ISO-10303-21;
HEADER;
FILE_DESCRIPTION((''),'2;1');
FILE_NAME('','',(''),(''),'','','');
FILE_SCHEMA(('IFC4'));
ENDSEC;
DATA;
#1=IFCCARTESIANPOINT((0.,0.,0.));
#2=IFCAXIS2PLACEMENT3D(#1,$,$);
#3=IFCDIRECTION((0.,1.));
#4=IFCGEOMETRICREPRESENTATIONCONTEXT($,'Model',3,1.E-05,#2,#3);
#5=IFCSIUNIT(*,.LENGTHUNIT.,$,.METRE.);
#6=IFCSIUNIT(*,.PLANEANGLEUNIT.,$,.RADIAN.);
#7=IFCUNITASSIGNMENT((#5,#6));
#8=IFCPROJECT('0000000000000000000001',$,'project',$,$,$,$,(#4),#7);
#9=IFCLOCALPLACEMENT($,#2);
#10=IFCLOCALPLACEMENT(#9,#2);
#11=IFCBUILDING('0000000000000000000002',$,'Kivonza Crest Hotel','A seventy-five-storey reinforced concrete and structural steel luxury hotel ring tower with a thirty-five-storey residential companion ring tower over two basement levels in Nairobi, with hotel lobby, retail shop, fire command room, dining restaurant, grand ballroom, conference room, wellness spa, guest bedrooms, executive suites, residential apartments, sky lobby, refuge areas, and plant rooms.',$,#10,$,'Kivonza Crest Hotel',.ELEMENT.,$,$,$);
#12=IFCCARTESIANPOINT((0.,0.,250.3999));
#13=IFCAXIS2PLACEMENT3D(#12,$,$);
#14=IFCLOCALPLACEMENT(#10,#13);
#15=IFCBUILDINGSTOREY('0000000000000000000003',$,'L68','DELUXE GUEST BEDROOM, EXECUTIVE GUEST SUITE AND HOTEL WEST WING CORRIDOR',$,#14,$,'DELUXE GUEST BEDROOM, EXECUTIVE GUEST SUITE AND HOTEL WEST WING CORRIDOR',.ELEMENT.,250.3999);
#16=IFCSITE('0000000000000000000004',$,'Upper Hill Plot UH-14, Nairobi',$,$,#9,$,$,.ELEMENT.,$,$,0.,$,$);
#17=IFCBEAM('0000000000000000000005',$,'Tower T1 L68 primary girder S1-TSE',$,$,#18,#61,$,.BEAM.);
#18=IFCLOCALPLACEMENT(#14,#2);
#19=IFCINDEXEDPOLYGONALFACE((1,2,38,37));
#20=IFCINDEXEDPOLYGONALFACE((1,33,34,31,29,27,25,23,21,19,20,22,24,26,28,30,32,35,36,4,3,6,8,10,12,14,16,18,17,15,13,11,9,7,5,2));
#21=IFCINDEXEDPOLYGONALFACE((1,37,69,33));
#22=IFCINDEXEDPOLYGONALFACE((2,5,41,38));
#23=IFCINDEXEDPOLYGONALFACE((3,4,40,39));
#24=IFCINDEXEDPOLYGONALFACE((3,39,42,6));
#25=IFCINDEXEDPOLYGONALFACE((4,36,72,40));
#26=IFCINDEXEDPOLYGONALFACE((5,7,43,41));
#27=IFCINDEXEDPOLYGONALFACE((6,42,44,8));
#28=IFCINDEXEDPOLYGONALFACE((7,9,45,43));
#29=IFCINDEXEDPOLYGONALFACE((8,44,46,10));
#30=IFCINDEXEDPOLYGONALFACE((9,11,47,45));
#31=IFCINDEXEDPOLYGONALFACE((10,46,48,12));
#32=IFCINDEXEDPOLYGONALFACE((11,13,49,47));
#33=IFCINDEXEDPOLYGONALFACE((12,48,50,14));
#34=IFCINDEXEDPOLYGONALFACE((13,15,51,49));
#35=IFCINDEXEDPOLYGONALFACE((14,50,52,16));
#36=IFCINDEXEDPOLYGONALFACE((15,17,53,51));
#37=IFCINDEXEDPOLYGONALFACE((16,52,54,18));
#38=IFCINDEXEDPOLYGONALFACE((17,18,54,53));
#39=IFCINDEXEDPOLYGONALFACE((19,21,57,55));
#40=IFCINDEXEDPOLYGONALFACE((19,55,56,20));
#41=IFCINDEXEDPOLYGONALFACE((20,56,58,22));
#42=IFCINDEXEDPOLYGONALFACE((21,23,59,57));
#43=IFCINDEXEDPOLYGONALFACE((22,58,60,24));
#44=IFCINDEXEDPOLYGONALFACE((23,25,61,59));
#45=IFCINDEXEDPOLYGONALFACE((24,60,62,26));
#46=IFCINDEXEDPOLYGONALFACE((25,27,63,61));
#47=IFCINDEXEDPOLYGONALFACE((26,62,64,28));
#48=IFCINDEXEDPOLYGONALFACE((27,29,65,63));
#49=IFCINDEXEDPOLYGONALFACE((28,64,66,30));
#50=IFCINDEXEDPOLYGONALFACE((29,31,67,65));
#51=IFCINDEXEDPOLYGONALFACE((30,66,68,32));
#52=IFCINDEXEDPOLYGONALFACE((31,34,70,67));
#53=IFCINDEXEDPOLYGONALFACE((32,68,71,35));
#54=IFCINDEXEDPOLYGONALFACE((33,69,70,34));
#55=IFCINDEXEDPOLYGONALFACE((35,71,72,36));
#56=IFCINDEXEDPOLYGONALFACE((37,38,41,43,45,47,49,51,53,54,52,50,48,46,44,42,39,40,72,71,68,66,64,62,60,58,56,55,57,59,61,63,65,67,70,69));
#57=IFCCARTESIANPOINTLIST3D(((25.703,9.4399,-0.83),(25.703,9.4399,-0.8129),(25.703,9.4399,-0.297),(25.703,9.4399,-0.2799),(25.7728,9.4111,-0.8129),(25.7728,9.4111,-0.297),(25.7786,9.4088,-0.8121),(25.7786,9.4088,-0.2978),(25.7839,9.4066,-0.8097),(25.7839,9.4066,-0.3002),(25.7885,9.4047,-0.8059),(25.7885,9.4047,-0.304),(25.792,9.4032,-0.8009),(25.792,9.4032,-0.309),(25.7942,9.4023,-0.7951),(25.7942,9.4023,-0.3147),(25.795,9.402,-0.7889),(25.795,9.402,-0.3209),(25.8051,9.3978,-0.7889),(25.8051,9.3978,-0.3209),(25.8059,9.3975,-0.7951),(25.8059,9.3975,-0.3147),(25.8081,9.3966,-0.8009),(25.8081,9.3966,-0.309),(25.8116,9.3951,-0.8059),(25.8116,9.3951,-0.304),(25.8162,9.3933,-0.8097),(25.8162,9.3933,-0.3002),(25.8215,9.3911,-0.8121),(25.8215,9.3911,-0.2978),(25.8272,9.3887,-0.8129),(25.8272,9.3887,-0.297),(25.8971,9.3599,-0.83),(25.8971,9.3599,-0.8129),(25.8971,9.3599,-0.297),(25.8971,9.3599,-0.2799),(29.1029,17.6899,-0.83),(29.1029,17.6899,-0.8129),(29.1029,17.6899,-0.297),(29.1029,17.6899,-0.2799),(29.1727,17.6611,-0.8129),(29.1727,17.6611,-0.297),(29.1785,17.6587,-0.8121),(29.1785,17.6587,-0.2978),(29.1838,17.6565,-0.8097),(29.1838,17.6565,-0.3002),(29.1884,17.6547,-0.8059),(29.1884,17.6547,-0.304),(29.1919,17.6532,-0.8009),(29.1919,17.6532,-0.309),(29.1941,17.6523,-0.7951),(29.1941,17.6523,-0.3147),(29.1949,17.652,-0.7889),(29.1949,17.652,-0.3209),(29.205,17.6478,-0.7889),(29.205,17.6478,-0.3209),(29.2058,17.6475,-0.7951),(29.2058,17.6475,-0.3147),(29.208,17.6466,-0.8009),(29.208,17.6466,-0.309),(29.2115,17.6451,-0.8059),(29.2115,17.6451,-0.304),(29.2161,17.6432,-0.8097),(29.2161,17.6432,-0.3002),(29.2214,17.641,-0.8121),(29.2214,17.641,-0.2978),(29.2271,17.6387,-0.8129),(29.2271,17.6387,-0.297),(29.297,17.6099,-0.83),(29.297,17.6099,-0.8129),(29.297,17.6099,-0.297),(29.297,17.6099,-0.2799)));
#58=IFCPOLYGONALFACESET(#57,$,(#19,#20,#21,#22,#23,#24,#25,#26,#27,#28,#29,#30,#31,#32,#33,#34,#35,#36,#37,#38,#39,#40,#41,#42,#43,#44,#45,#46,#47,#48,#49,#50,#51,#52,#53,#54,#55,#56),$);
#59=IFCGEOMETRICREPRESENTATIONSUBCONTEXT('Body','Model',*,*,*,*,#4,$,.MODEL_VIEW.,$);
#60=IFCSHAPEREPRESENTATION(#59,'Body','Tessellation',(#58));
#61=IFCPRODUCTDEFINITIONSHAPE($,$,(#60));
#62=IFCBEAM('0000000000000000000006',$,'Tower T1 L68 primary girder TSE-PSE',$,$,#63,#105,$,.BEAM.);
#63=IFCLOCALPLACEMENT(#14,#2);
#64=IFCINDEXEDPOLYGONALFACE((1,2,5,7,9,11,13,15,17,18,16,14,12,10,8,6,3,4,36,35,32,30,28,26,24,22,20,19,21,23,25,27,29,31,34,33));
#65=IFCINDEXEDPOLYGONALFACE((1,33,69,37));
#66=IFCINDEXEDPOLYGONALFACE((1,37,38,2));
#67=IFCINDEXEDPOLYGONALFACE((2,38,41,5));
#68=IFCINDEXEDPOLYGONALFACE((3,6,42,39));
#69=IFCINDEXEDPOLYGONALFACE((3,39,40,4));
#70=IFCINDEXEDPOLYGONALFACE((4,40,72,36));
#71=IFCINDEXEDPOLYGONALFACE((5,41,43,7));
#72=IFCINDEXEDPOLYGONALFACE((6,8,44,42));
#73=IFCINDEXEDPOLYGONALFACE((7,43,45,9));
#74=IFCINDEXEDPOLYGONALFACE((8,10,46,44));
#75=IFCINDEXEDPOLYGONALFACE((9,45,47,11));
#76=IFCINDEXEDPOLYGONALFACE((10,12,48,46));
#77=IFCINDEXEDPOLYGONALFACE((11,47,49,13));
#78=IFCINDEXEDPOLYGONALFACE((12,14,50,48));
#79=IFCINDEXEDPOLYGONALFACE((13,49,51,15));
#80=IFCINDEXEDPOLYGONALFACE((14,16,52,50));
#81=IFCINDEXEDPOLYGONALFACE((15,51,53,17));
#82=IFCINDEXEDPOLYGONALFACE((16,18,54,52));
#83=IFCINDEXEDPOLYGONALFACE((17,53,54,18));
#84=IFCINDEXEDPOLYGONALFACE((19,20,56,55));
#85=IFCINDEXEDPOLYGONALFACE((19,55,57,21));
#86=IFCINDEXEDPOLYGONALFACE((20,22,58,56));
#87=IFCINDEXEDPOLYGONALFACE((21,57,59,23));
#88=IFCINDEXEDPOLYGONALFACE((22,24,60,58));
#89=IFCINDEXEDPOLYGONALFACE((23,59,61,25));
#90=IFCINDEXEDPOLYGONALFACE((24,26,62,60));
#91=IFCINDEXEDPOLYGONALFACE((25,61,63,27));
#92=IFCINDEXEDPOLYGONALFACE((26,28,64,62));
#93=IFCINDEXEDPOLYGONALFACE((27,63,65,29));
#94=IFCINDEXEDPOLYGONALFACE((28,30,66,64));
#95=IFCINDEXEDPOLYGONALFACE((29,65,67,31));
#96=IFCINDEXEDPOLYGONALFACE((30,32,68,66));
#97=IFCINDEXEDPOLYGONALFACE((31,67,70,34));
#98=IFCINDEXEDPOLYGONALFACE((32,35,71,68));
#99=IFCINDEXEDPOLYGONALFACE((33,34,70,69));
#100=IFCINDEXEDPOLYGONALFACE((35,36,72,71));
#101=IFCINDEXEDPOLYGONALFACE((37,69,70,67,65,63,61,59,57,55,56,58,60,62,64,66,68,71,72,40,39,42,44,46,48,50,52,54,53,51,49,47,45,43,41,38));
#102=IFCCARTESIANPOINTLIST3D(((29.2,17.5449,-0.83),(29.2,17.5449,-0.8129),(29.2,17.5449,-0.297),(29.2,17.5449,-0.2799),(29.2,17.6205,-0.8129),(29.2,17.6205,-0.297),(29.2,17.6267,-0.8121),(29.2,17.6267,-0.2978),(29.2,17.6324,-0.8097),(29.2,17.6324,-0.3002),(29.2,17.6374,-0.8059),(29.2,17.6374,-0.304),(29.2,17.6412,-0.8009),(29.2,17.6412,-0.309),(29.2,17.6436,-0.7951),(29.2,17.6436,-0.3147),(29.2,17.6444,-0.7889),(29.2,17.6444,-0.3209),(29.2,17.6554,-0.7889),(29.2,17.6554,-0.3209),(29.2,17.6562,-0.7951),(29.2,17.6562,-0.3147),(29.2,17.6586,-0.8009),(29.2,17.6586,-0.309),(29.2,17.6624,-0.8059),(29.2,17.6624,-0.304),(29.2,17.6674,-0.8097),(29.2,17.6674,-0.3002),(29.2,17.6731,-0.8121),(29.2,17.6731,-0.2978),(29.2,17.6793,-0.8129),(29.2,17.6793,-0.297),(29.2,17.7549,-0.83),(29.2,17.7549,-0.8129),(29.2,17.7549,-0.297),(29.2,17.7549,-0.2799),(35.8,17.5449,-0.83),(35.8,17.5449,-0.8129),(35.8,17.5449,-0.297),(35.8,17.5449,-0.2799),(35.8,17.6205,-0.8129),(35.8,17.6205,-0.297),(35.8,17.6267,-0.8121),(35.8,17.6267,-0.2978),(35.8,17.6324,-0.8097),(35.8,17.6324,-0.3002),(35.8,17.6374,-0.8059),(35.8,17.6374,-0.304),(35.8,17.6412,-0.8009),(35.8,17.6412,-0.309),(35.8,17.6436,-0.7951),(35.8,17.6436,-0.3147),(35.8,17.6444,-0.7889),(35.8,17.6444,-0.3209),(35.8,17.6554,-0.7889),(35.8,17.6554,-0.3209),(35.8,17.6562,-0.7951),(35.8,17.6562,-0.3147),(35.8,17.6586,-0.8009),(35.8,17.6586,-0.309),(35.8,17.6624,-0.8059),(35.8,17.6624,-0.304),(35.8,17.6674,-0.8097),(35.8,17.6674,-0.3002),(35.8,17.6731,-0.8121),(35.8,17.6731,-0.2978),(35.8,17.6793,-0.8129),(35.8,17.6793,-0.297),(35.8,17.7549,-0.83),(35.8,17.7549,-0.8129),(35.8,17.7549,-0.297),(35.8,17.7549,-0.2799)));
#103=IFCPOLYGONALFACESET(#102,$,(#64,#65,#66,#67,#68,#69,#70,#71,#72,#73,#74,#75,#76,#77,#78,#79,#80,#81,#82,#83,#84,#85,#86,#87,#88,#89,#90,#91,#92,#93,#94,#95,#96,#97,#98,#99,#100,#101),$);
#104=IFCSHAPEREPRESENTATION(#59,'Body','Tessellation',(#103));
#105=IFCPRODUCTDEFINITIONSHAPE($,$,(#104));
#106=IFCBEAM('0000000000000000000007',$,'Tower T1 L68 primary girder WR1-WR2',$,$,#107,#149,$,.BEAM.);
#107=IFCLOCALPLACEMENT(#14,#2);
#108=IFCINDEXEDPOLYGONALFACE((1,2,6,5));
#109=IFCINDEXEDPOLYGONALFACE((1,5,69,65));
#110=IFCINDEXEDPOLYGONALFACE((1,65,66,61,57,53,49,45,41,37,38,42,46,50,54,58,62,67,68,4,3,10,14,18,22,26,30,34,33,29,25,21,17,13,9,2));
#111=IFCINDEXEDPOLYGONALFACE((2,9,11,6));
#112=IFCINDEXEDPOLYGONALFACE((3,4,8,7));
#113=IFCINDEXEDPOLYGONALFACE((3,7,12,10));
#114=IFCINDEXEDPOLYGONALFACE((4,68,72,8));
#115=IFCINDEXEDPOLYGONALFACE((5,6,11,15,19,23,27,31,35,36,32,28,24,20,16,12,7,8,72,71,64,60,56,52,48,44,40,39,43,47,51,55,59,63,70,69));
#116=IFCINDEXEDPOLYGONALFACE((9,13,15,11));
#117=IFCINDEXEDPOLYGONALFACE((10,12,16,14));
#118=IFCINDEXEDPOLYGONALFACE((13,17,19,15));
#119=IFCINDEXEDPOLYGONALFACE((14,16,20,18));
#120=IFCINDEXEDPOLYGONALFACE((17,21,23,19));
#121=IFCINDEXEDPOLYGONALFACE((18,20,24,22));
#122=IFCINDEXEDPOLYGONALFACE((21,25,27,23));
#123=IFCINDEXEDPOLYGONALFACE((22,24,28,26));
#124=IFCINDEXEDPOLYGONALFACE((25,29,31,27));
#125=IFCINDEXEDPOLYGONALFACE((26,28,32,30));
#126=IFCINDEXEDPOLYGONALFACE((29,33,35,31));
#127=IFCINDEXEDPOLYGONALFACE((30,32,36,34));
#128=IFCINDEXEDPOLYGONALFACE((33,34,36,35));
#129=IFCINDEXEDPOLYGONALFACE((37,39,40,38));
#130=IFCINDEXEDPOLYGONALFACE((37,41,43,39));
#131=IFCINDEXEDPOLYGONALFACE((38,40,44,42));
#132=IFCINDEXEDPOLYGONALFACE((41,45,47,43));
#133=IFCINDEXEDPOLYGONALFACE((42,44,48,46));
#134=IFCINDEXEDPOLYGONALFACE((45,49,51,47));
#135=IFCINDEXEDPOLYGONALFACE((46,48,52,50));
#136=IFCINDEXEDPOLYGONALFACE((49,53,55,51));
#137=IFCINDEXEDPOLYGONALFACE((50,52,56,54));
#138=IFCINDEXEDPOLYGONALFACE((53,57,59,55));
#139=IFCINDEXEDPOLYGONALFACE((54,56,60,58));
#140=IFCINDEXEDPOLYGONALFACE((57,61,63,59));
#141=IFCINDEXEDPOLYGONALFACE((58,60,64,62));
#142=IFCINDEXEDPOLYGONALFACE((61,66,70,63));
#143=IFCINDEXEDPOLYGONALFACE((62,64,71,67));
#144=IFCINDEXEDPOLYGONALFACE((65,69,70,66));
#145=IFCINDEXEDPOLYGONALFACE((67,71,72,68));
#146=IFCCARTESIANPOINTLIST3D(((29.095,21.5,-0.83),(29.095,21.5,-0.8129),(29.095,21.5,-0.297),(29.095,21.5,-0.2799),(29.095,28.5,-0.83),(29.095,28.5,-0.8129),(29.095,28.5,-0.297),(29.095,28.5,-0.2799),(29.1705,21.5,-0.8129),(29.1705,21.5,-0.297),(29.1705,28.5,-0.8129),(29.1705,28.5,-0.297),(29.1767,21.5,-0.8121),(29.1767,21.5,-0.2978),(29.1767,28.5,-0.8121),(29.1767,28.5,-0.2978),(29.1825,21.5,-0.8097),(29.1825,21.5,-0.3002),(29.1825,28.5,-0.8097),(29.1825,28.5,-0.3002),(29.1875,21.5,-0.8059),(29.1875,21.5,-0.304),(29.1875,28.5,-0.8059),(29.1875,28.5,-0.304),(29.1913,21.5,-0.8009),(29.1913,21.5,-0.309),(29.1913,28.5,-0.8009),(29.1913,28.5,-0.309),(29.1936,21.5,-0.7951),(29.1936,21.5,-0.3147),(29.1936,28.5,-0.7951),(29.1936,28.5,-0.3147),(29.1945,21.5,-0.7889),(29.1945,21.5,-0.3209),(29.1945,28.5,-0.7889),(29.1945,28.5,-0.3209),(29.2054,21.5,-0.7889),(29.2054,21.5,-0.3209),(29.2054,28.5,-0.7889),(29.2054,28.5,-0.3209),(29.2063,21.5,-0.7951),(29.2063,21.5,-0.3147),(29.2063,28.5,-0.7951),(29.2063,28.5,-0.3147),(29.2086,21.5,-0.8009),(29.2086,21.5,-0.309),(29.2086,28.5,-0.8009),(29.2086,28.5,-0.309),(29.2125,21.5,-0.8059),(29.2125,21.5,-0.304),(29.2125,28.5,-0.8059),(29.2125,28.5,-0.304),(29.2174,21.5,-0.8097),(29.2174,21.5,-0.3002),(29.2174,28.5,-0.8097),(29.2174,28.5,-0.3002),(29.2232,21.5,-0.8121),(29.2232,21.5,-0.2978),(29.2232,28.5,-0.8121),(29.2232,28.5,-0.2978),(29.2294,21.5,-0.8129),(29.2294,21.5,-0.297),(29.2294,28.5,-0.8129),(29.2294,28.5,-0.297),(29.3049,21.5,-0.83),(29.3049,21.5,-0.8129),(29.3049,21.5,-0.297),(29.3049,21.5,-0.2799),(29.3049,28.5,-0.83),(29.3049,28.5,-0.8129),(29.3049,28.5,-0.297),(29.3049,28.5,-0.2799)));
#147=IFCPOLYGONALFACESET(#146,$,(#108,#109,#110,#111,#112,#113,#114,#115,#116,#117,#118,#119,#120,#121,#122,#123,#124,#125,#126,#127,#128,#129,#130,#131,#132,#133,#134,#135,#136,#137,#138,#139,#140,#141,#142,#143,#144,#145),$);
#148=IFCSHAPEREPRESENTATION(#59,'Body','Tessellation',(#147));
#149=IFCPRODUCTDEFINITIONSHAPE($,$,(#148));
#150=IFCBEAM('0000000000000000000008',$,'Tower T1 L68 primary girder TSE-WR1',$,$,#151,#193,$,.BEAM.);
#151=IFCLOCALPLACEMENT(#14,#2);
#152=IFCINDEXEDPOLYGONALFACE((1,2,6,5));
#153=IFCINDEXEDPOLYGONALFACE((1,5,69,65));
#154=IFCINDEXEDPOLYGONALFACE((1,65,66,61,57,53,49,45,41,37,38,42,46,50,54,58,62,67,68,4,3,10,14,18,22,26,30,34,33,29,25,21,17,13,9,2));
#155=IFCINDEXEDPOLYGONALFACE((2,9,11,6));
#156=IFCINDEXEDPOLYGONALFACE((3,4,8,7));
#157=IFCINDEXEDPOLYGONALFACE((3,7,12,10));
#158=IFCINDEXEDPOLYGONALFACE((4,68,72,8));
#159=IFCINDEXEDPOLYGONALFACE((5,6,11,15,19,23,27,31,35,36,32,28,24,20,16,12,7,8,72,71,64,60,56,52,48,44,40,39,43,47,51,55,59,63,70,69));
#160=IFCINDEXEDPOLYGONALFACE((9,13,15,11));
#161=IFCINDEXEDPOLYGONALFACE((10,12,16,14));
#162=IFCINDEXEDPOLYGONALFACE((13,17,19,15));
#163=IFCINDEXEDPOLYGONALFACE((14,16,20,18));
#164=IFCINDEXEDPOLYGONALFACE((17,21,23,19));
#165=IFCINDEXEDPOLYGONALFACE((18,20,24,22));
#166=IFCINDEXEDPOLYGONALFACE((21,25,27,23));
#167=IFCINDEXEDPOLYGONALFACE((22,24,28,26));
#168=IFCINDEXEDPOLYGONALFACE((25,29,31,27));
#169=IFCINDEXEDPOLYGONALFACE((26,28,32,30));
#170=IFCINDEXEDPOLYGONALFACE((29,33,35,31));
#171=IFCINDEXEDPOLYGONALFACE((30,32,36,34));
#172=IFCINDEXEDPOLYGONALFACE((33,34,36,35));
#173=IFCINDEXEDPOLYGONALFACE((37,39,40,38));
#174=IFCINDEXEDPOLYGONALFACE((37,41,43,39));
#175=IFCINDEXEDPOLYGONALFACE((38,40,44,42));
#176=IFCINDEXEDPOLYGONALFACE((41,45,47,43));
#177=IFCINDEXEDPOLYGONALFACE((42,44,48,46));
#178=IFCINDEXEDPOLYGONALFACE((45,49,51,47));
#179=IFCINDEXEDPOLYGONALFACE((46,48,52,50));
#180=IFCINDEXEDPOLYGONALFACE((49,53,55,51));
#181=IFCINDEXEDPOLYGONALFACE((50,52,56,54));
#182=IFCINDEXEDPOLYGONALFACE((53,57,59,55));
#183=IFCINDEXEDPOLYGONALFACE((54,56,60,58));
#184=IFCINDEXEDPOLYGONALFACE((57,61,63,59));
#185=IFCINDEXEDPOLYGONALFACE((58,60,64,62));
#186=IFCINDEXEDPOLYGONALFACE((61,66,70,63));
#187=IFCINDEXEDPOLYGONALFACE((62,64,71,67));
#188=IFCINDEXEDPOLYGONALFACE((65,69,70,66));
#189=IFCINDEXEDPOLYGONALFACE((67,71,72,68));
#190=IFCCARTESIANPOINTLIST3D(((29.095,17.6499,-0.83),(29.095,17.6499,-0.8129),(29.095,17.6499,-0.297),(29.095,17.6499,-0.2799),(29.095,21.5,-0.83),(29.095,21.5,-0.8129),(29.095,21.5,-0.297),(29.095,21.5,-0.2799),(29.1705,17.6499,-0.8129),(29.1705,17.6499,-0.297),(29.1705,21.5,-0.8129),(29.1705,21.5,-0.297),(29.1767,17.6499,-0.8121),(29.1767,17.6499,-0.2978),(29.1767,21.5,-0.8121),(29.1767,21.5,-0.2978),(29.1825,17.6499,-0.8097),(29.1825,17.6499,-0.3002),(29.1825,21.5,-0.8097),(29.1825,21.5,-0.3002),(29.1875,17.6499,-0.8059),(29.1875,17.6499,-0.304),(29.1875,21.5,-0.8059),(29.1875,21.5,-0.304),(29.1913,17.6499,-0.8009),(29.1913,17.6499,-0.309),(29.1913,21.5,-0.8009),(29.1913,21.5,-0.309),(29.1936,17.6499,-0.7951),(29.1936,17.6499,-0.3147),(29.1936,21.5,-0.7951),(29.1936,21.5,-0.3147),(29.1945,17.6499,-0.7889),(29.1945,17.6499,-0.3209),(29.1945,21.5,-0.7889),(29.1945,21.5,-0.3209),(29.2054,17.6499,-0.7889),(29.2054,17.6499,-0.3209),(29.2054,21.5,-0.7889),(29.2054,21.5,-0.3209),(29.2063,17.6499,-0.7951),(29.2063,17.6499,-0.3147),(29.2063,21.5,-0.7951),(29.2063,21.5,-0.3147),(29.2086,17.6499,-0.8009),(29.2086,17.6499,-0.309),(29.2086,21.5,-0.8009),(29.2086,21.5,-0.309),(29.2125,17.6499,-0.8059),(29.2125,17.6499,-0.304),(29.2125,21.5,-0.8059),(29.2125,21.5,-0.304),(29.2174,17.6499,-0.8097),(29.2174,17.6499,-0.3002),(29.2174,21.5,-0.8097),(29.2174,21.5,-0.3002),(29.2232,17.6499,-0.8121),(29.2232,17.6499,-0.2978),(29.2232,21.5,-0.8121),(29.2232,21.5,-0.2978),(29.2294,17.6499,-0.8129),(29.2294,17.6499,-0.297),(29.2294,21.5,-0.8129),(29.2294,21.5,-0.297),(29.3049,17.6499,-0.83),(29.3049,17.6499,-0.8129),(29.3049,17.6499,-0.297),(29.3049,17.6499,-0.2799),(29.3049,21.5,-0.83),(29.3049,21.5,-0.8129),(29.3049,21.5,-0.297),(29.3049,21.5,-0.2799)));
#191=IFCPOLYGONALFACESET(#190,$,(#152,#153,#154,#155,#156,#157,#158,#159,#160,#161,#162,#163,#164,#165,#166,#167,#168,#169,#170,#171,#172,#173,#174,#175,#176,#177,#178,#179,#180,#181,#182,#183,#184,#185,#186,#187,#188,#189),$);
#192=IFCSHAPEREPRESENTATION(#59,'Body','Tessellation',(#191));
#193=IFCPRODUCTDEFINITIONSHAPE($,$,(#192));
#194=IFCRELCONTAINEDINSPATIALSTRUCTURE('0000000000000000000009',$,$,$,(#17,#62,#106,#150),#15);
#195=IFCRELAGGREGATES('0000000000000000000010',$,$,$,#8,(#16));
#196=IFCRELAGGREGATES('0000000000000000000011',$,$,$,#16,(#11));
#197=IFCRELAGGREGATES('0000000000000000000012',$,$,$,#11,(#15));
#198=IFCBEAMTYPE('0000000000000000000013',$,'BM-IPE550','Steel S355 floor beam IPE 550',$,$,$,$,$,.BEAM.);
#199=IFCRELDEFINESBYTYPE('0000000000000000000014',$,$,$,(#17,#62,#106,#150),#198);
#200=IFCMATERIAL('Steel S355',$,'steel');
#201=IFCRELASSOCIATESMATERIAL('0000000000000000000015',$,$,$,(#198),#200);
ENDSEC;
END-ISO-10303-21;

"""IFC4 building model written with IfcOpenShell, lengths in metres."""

from ifc_helpers import new_model, si_unit, direction, frame, origin, origin_2d, place, context, subcontext, project, spatial, i_section, extrude, material, material_profile, profile_set, type_object, element, save


model = new_model("IFC4")

# Units and contexts
model_context = context("Model", 3, precision=1e-05, world=origin(), true_north=direction((0.0, 1.0)))
body_context = subcontext(model_context, "Body", "Model", "MODEL_VIEW")
ifc_project = project(units=[si_unit("LENGTHUNIT", "METRE"), si_unit("PLANEANGLEUNIT", "RADIAN")], contexts=[model_context])

# Site, building, storey
site_placement = place(None, origin())
site = spatial("IfcSite", under=ifc_project, at=site_placement, Name="Upper Hill Plot UH-14, Nairobi", CompositionType="ELEMENT", RefElevation=0.0)
building_placement = place(site_placement, origin())
building = spatial("IfcBuilding", under=site, at=building_placement, Name="Kivonza Crest Hotel", Description="A seventy-five-storey reinforced concrete and structural steel luxury hotel ring tower with a thirty-five-storey residential companion ring tower over two basement levels in Nairobi, with hotel lobby, retail shop, fire command room, dining restaurant, grand ballroom, conference room, wellness spa, guest bedrooms, executive suites, residential apartments, sky lobby, refuge areas, and plant rooms.", LongName="Kivonza Crest Hotel", CompositionType="ELEMENT")
storey_placement = place(building_placement, frame((0.0, 0.0, 250.3999)))
storey = spatial("IfcBuildingStorey", under=building, at=storey_placement, Name="L68", Description="DELUXE GUEST BEDROOM, EXECUTIVE GUEST SUITE AND HOTEL WEST WING CORRIDOR", LongName="DELUXE GUEST BEDROOM, EXECUTIVE GUEST SUITE AND HOTEL WEST WING CORRIDOR", CompositionType="ELEMENT", Elevation=250.3999)

# Beams
ifc_material_1 = material(Name="Steel S355", Category="steel")
ifc_material_profile_1 = material_profile(ifc_material_1, i_section(OverallWidth=0.21, OverallDepth=0.55, WebThickness=0.011, FlangeThickness=0.0171, FilletRadius=0.0239, at=origin_2d()), Name="IPE 550")
ifc_profile_set_1 = profile_set([ifc_material_profile_1], Name="Steel S355")
beam_type_1 = type_object("IfcBeamType", Name="BM-IPE550", Description="Steel S355 floor beam IPE 550", PredefinedType="BEAM", material=ifc_profile_set_1)
beam_1_placement = place(storey_placement, frame((25.8, 9.3999, -0.5549), z_axis=(0.381022, 0.924566, 0.0), x_axis=(-0.924566, 0.381022, 0.0)))
element("IfcBeam", 1, at=beam_1_placement, inside=storey, type_object=beam_type_1, Name="Tower T1 L68 primary girder S1-TSE", PredefinedType="BEAM", context=body_context, shape_type="SweptSolid", body=[
    extrude(i_section(OverallWidth=0.21, OverallDepth=0.55, WebThickness=0.011, FlangeThickness=0.0171, FilletRadius=0.0239, at=origin_2d()), origin(), (0.0, 0.0, 1.0), 8.9231),
])
beam_2_placement = place(storey_placement, frame((29.2, 17.6499, -0.5549), z_axis=(1.0, 0.0, 0.0), x_axis=(0.0, 1.0, 0.0)))
element("IfcBeam", 2, at=beam_2_placement, inside=storey, type_object=beam_type_1, Name="Tower T1 L68 primary girder TSE-PSE", PredefinedType="BEAM", context=body_context, shape_type="SweptSolid", body=[
    extrude(i_section(OverallWidth=0.21, OverallDepth=0.55, WebThickness=0.011, FlangeThickness=0.0171, FilletRadius=0.0239, at=origin_2d()), origin(), (0.0, 0.0, 1.0), 6.6001),
])
beam_3_placement = place(storey_placement, frame((29.2, 21.5, -0.5549), z_axis=(0.0, 1.0, 0.0), x_axis=(-1.0, 0.0, 0.0)))
element("IfcBeam", 3, at=beam_3_placement, inside=storey, type_object=beam_type_1, Name="Tower T1 L68 primary girder WR1-WR2", PredefinedType="BEAM", context=body_context, shape_type="SweptSolid", body=[
    extrude(i_section(OverallWidth=0.21, OverallDepth=0.55, WebThickness=0.011, FlangeThickness=0.0171, FilletRadius=0.0239, at=origin_2d()), origin(), (0.0, 0.0, 1.0), 7.0),
])
beam_4_placement = place(storey_placement, frame((29.2, 17.6499, -0.5549), z_axis=(0.0, 1.0, 0.0), x_axis=(-1.0, 0.0, 0.0)))
element("IfcBeam", 4, at=beam_4_placement, inside=storey, type_object=beam_type_1, Name="Tower T1 L68 primary girder TSE-WR1", PredefinedType="BEAM", context=body_context, shape_type="SweptSolid", body=[
    extrude(i_section(OverallWidth=0.21, OverallDepth=0.55, WebThickness=0.011, FlangeThickness=0.0171, FilletRadius=0.0239, at=origin_2d()), origin(), (0.0, 0.0, 1.0), 3.8501),
])

save(model, "model.ifc")
